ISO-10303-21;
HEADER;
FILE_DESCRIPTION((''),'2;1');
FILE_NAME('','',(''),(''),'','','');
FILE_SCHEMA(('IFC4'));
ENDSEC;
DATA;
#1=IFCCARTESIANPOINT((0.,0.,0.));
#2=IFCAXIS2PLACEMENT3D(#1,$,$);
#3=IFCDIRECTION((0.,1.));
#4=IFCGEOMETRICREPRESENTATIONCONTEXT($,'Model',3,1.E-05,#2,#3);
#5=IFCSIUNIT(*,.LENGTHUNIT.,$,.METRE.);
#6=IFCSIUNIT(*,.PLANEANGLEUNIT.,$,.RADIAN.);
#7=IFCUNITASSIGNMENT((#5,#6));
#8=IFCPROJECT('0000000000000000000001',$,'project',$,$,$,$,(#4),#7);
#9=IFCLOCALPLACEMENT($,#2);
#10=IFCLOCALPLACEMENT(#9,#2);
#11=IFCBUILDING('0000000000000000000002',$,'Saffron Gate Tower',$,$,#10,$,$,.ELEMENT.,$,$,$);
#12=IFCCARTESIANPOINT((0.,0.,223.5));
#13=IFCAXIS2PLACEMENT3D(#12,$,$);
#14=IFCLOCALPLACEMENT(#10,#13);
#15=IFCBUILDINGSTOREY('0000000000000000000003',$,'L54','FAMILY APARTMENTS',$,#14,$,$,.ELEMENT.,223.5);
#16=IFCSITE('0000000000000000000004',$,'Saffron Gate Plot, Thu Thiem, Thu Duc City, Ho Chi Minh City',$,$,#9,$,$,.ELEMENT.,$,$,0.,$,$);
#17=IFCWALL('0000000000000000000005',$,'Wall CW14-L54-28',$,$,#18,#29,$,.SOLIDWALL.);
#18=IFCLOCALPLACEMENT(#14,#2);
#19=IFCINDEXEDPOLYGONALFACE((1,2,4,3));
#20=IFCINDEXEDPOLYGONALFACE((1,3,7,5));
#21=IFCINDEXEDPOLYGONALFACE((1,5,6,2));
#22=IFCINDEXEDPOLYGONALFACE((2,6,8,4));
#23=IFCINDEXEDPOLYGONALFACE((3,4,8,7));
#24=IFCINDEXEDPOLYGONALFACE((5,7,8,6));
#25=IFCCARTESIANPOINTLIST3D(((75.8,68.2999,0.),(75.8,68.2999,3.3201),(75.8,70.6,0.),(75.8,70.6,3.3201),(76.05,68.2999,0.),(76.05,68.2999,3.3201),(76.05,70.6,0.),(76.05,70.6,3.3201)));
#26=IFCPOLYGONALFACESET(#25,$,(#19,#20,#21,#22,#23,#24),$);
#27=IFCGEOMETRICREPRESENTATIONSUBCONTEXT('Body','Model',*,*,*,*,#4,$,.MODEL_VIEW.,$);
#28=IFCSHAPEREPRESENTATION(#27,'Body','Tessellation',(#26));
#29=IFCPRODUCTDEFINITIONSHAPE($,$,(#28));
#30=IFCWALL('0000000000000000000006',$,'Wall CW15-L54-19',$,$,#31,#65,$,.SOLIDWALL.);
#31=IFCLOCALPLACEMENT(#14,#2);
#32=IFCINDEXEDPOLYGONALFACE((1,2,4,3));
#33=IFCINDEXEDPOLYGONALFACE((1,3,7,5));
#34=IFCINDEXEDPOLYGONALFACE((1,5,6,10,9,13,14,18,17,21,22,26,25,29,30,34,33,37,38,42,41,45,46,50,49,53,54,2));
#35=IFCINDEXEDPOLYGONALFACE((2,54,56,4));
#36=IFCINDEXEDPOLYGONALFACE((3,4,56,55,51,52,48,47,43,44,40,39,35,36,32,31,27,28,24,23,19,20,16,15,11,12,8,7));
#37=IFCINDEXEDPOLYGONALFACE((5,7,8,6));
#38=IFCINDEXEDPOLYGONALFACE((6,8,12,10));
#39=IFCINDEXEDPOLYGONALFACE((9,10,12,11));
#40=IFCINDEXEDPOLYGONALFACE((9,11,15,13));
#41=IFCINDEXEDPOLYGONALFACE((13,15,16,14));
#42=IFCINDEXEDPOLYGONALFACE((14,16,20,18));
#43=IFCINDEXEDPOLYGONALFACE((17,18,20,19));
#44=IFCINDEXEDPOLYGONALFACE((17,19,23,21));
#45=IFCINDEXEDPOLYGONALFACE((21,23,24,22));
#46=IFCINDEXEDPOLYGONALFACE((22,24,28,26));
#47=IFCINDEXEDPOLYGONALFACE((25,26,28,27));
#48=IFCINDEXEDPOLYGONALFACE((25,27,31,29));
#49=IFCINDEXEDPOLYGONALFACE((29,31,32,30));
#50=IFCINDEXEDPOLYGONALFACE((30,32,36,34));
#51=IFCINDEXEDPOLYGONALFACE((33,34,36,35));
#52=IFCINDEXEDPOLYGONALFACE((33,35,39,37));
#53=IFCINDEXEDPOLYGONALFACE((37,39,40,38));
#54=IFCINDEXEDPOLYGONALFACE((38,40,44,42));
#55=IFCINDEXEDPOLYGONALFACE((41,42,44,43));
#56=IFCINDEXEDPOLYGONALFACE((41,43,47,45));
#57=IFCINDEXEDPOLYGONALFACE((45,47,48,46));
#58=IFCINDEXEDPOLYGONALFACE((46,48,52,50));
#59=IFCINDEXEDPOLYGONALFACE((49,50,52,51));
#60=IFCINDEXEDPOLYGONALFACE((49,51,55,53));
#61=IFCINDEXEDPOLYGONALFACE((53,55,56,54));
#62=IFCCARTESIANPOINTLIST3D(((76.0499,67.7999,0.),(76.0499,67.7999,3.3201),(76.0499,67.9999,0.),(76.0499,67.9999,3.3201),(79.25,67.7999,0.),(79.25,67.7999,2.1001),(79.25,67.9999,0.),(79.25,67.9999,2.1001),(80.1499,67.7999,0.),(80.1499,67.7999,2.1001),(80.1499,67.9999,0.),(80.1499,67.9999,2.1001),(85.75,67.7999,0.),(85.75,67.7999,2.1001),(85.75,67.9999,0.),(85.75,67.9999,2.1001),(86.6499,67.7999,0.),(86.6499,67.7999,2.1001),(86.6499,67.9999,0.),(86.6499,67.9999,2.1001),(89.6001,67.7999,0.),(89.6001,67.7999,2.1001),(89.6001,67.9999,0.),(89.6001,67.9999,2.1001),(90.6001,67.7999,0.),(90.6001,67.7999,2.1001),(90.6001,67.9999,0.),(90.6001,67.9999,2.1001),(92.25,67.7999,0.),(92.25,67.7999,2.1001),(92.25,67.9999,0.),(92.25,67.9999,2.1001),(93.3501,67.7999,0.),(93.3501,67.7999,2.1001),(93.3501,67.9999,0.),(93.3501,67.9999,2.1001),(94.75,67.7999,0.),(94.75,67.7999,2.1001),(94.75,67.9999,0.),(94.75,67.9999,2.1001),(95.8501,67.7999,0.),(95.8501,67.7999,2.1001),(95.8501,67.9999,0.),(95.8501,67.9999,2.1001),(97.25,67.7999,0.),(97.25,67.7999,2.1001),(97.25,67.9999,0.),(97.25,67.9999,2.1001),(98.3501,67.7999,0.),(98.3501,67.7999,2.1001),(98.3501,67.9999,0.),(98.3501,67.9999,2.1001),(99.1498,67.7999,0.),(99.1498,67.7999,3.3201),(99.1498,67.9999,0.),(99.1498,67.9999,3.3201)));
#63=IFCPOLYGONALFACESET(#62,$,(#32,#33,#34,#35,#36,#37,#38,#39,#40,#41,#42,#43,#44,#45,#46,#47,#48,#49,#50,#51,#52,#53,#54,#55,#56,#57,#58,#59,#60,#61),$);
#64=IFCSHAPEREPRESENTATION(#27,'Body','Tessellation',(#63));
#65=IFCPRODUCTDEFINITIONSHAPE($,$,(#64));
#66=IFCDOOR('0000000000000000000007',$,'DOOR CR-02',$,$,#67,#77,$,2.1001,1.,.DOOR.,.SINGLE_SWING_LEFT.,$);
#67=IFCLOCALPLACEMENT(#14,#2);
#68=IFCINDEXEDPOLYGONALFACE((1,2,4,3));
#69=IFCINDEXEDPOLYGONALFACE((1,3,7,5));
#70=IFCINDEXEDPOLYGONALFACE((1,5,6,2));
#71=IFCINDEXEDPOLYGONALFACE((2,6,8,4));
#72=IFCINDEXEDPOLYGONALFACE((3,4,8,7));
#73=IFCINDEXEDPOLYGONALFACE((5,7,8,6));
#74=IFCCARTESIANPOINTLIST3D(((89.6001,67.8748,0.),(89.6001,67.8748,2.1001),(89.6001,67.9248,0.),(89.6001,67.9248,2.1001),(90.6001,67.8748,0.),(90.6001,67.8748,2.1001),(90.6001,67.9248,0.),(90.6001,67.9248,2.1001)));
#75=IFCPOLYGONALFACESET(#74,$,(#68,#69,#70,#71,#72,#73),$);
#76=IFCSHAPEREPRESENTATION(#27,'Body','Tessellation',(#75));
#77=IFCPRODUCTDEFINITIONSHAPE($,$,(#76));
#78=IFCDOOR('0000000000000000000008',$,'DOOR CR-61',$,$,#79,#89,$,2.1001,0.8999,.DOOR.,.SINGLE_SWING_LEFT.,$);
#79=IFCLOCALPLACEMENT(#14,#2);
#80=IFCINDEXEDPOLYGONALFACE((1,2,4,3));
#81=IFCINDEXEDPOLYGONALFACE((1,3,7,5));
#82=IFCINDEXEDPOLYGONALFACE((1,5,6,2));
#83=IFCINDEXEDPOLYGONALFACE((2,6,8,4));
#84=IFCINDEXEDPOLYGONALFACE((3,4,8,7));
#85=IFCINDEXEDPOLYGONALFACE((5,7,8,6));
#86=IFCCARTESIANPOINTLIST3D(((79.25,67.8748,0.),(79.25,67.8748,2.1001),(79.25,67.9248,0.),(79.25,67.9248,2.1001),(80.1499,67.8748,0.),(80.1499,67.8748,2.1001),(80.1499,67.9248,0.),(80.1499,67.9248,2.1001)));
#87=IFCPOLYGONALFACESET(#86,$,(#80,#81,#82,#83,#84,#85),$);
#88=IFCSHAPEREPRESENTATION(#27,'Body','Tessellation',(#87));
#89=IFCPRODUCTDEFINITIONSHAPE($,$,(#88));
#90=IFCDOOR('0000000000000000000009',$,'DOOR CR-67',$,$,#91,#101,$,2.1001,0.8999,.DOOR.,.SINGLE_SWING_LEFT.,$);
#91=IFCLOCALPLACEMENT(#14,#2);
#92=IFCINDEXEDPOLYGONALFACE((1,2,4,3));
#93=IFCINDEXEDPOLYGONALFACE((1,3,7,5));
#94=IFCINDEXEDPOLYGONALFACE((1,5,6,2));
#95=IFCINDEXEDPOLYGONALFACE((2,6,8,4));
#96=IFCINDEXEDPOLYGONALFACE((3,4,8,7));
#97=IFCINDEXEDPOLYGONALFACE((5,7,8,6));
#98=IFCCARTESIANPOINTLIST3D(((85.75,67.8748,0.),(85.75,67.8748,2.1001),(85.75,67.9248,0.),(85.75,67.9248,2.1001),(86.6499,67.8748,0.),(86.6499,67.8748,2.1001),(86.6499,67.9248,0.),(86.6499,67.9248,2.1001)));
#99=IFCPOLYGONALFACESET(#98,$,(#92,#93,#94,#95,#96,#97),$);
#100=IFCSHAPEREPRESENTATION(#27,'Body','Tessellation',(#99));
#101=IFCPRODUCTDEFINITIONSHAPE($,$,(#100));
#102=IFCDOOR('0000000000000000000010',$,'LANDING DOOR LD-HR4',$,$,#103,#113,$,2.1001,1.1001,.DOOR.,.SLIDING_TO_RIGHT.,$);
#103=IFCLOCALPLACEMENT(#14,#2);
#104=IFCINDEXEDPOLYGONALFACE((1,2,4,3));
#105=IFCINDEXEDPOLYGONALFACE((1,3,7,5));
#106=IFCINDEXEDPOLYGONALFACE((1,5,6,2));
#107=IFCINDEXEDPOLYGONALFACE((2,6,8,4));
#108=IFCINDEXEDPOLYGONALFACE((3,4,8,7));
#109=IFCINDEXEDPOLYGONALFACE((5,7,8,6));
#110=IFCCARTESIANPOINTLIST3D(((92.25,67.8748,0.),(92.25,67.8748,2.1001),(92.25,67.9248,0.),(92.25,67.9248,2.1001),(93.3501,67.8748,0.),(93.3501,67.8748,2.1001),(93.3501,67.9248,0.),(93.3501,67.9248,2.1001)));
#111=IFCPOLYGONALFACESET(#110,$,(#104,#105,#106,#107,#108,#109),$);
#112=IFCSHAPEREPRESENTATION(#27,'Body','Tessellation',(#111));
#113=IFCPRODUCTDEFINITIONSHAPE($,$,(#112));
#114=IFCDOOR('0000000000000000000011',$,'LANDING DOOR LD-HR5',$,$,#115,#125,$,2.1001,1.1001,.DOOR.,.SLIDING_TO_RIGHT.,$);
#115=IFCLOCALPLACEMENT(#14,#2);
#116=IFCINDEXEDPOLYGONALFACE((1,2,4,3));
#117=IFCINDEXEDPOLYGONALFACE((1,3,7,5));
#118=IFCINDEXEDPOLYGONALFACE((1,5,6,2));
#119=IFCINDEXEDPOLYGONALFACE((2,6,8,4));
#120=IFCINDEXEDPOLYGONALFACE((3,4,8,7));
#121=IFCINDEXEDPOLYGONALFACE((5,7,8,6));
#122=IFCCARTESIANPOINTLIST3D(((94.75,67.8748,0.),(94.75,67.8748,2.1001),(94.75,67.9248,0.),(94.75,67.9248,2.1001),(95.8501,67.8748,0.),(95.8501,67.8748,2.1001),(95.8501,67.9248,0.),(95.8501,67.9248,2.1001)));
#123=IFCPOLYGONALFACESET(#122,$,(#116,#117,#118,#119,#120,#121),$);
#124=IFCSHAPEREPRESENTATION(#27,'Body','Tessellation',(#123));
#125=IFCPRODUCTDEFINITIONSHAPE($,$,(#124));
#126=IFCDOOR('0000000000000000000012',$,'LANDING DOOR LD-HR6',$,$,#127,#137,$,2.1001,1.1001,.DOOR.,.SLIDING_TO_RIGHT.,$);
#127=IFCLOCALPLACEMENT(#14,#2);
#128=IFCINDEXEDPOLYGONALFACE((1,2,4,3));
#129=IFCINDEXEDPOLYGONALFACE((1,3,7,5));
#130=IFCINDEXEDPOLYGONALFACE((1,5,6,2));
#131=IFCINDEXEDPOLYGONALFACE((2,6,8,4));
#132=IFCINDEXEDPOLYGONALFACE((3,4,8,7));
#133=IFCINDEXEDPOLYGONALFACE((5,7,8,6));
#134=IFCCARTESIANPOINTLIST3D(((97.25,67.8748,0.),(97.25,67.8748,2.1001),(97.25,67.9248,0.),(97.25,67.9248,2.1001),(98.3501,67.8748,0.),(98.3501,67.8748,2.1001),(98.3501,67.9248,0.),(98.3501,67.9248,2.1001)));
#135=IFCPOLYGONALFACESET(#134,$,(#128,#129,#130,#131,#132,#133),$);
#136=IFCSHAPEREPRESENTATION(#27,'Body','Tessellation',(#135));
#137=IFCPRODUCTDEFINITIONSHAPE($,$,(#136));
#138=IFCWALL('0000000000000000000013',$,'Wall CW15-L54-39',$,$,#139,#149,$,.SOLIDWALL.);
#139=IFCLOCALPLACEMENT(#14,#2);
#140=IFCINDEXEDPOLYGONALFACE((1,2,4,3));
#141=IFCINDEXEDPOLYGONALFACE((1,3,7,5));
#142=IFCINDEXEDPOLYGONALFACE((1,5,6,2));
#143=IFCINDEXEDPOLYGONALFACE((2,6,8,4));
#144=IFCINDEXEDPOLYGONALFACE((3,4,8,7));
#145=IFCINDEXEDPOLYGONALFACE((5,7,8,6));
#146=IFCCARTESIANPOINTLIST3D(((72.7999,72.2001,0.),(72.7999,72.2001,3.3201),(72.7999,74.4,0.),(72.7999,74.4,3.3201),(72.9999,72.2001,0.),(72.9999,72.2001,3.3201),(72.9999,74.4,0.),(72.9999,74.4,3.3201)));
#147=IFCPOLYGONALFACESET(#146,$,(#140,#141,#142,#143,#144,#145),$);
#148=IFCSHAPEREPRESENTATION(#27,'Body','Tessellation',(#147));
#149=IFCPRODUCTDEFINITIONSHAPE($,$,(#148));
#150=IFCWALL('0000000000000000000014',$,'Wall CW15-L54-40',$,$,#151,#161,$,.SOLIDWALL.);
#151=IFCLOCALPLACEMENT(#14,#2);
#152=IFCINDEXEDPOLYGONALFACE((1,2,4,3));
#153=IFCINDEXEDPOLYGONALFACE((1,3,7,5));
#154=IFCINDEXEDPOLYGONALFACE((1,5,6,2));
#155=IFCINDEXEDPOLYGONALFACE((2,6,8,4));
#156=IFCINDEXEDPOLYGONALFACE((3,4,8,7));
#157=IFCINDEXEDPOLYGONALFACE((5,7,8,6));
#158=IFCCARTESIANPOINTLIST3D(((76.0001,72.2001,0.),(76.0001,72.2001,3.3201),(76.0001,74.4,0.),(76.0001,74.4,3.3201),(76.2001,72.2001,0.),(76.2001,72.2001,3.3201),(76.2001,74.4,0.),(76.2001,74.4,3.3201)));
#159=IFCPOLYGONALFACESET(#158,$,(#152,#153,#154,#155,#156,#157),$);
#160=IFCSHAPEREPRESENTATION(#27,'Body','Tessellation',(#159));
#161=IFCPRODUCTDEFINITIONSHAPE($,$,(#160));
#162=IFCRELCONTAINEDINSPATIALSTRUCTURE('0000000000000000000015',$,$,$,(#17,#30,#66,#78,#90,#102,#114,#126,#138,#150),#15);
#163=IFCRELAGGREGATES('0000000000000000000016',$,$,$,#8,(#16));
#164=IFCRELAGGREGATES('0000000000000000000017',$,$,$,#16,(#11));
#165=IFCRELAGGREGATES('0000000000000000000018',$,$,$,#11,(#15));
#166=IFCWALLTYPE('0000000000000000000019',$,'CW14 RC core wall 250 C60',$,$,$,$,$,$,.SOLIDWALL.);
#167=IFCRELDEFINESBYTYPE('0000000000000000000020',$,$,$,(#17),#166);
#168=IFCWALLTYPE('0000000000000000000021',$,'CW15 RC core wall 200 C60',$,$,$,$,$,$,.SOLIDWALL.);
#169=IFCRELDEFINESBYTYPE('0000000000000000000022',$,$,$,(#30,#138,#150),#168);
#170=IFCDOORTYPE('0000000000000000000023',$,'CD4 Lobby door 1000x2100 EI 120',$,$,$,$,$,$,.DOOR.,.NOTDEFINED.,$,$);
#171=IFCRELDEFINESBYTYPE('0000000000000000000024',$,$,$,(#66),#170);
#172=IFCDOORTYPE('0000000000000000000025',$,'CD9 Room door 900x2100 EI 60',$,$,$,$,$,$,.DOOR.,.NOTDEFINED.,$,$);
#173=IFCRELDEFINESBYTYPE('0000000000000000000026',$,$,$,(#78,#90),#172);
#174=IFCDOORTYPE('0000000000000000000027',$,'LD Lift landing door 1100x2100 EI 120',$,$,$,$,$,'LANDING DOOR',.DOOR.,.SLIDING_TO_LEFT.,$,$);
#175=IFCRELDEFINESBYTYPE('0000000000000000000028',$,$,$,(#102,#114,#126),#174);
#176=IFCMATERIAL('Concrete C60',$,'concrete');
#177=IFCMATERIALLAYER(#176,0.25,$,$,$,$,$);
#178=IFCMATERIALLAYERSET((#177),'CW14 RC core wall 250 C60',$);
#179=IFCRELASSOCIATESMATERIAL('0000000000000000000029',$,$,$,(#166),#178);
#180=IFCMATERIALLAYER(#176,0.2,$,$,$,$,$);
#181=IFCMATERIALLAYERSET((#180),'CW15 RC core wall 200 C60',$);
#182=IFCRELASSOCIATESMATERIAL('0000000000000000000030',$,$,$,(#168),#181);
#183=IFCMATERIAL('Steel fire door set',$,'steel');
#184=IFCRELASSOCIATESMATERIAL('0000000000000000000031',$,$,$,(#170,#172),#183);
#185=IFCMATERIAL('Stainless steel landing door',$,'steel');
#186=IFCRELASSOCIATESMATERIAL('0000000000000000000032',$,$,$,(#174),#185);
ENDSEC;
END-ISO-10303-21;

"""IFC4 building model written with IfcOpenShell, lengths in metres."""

from ifc_helpers import new_model, si_unit, direction, frame, frame_2d, origin, place, context, subcontext, project, spatial, rectangle, extrude, material, layer, layer_set, type_object, element, fill, save


model = new_model("IFC4")

# Units and contexts
model_context = context("Model", 3, precision=1e-05, world=origin(), true_north=direction((0.0, 1.0)))
body_context = subcontext(model_context, "Body", "Model", "MODEL_VIEW")
ifc_project = project(units=[si_unit("LENGTHUNIT", "METRE"), si_unit("PLANEANGLEUNIT", "RADIAN")], contexts=[model_context])

# Site, building, storey
site_placement = place(None, origin())
site = spatial("IfcSite", under=ifc_project, at=site_placement, Name="Saffron Gate Plot, Thu Thiem, Thu Duc City, Ho Chi Minh City", CompositionType="ELEMENT", RefElevation=0.0)
building_placement = place(site_placement, origin())
building = spatial("IfcBuilding", under=site, at=building_placement, Name="Saffron Gate Tower", CompositionType="ELEMENT")
storey_placement = place(building_placement, frame((0.0, 0.0, 223.5)))
storey = spatial("IfcBuildingStorey", under=building, at=storey_placement, Name="L54", Description="FAMILY APARTMENTS", CompositionType="ELEMENT", Elevation=223.5)

# Wall
ifc_material_1 = material(Name="Concrete C60", Category="concrete")
ifc_layer_1 = layer(ifc_material_1, 0.25)
ifc_layer_set_1 = layer_set([ifc_layer_1], Name="CW14 RC core wall 250 C60")
wall_type_1 = type_object("IfcWallType", Name="CW14 RC core wall 250 C60", PredefinedType="SOLIDWALL", material=ifc_layer_set_1)
wall_1_placement = place(storey_placement, frame((75.925, 68.3, 0.0), z_axis=(0.0, 0.0, 1.0), x_axis=(0.0, 1.0, 0.0)))
element("IfcWall", 1, at=wall_1_placement, inside=storey, type_object=wall_type_1, Name="Wall CW14-L54-28", PredefinedType="SOLIDWALL", context=body_context, shape_type="SweptSolid", body=[
    extrude(rectangle(XDim=2.3, YDim=0.25, at=frame_2d((1.1499, 0.0))), origin(), (0.0, 0.0, 1.0), 3.3201),
])

# Wall, openings, doors
ifc_layer_2 = layer(ifc_material_1, 0.2)
ifc_layer_set_2 = layer_set([ifc_layer_2], Name="CW15 RC core wall 200 C60")
wall_type_2 = type_object("IfcWallType", Name="CW15 RC core wall 200 C60", PredefinedType="SOLIDWALL", material=ifc_layer_set_2)
wall_2_placement = place(storey_placement, frame((76.05, 67.8999, 0.0), z_axis=(0.0, 0.0, 1.0), x_axis=(1.0, 0.0, 0.0)))
wall_2 = element("IfcWall", 2, at=wall_2_placement, inside=storey, type_object=wall_type_2, Name="Wall CW15-L54-19", PredefinedType="SOLIDWALL", context=body_context, shape_type="SweptSolid", body=[
    extrude(rectangle(XDim=23.0999, YDim=0.2, at=frame_2d((11.5498, 0.0))), origin(), (0.0, 0.0, 1.0), 3.3201),
])
opening_1_placement = place(wall_2_placement, frame((3.2, 0.0, 0.0)))
opening_1 = element("IfcOpeningElement", 3, at=opening_1_placement, cuts=wall_2, PredefinedType="OPENING", context=body_context, shape_type="SweptSolid", body=[
    extrude(rectangle(XDim=0.8999, YDim=2.1001, at=frame_2d((0.45, 1.05))), frame((0.0, 0.1099, 0.0), z_axis=(0.0, -1.0, 0.0), x_axis=(1.0, 0.0, 0.0)), (0.0, 0.0, 1.0), 0.22),
])
opening_2_placement = place(wall_2_placement, frame((9.7, 0.0, 0.0)))
opening_2 = element("IfcOpeningElement", 4, at=opening_2_placement, cuts=wall_2, PredefinedType="OPENING", context=body_context, shape_type="SweptSolid", body=[
    extrude(rectangle(XDim=0.8999, YDim=2.1001, at=frame_2d((0.45, 1.05))), frame((0.0, 0.1099, 0.0), z_axis=(0.0, -1.0, 0.0), x_axis=(1.0, 0.0, 0.0)), (0.0, 0.0, 1.0), 0.22),
])
opening_3_placement = place(wall_2_placement, frame((13.55, 0.0, 0.0)))
opening_3 = element("IfcOpeningElement", 5, at=opening_3_placement, cuts=wall_2, PredefinedType="OPENING", context=body_context, shape_type="SweptSolid", body=[
    extrude(rectangle(XDim=1.0, YDim=2.1001, at=frame_2d((0.5, 1.05))), frame((0.0, 0.1099, 0.0), z_axis=(0.0, -1.0, 0.0), x_axis=(1.0, 0.0, 0.0)), (0.0, 0.0, 1.0), 0.22),
])
opening_4_placement = place(wall_2_placement, frame((16.2, 0.0, 0.0)))
opening_4 = element("IfcOpeningElement", 6, at=opening_4_placement, cuts=wall_2, PredefinedType="OPENING", context=body_context, shape_type="SweptSolid", body=[
    extrude(rectangle(XDim=1.1001, YDim=2.1001, at=frame_2d((0.55, 1.05))), frame((0.0, 0.1099, 0.0), z_axis=(0.0, -1.0, 0.0), x_axis=(1.0, 0.0, 0.0)), (0.0, 0.0, 1.0), 0.22),
])
opening_5_placement = place(wall_2_placement, frame((18.7, 0.0, 0.0)))
opening_5 = element("IfcOpeningElement", 7, at=opening_5_placement, cuts=wall_2, PredefinedType="OPENING", context=body_context, shape_type="SweptSolid", body=[
    extrude(rectangle(XDim=1.1001, YDim=2.1001, at=frame_2d((0.55, 1.05))), frame((0.0, 0.1099, 0.0), z_axis=(0.0, -1.0, 0.0), x_axis=(1.0, 0.0, 0.0)), (0.0, 0.0, 1.0), 0.22),
])
opening_6_placement = place(wall_2_placement, frame((21.2, 0.0, 0.0)))
opening_6 = element("IfcOpeningElement", 8, at=opening_6_placement, cuts=wall_2, PredefinedType="OPENING", context=body_context, shape_type="SweptSolid", body=[
    extrude(rectangle(XDim=1.1001, YDim=2.1001, at=frame_2d((0.55, 1.05))), frame((0.0, 0.1099, 0.0), z_axis=(0.0, -1.0, 0.0), x_axis=(1.0, 0.0, 0.0)), (0.0, 0.0, 1.0), 0.22),
])
ifc_material_2 = material(Name="Steel fire door set", Category="steel")
door_type_1 = type_object("IfcDoorType", Name="CD4 Lobby door 1000x2100 EI 120", OperationType="NOTDEFINED", PredefinedType="DOOR", material=ifc_material_2)
door_1_placement = place(opening_3_placement, origin())
door_1 = element("IfcDoor", 9, at=door_1_placement, inside=storey, type_object=door_type_1, Name="DOOR CR-02", OperationType="SINGLE_SWING_LEFT", OverallHeight=2.1001, OverallWidth=1.0, PredefinedType="DOOR", context=body_context, shape_type="SweptSolid", body=[
    extrude(rectangle(XDim=1.0, YDim=2.1001, at=frame_2d((0.5, 1.05))), frame((0.0, 0.0249, 0.0), z_axis=(0.0, -1.0, 0.0), x_axis=(1.0, 0.0, 0.0)), (0.0, 0.0, 1.0), 0.05),
])
fill(opening_3, door_1)
door_type_2 = type_object("IfcDoorType", Name="CD9 Room door 900x2100 EI 60", OperationType="NOTDEFINED", PredefinedType="DOOR", material=ifc_material_2)
door_2_placement = place(opening_1_placement, origin())
door_2 = element("IfcDoor", 10, at=door_2_placement, inside=storey, type_object=door_type_2, Name="DOOR CR-61", OperationType="SINGLE_SWING_LEFT", OverallHeight=2.1001, OverallWidth=0.8999, PredefinedType="DOOR", context=body_context, shape_type="SweptSolid", body=[
    extrude(rectangle(XDim=0.8999, YDim=2.1001, at=frame_2d((0.45, 1.05))), frame((0.0, 0.0249, 0.0), z_axis=(0.0, -1.0, 0.0), x_axis=(1.0, 0.0, 0.0)), (0.0, 0.0, 1.0), 0.05),
])
fill(opening_1, door_2)
door_3_placement = place(opening_2_placement, origin())
door_3 = element("IfcDoor", 11, at=door_3_placement, inside=storey, type_object=door_type_2, Name="DOOR CR-67", OperationType="SINGLE_SWING_LEFT", OverallHeight=2.1001, OverallWidth=0.8999, PredefinedType="DOOR", context=body_context, shape_type="SweptSolid", body=[
    extrude(rectangle(XDim=0.8999, YDim=2.1001, at=frame_2d((0.45, 1.05))), frame((0.0, 0.0249, 0.0), z_axis=(0.0, -1.0, 0.0), x_axis=(1.0, 0.0, 0.0)), (0.0, 0.0, 1.0), 0.05),
])
fill(opening_2, door_3)
ifc_material_3 = material(Name="Stainless steel landing door", Category="steel")
door_type_3 = type_object("IfcDoorType", Name="LD Lift landing door 1100x2100 EI 120", ElementType="LANDING DOOR", OperationType="SLIDING_TO_LEFT", PredefinedType="DOOR", material=ifc_material_3)
door_4_placement = place(opening_4_placement, origin())
door_4 = element("IfcDoor", 12, at=door_4_placement, inside=storey, type_object=door_type_3, Name="LANDING DOOR LD-HR4", OperationType="SLIDING_TO_RIGHT", OverallHeight=2.1001, OverallWidth=1.1001, PredefinedType="DOOR", context=body_context, shape_type="SweptSolid", body=[
    extrude(rectangle(XDim=1.1001, YDim=2.1001, at=frame_2d((0.55, 1.05))), frame((0.0, 0.0249, 0.0), z_axis=(0.0, -1.0, 0.0), x_axis=(1.0, 0.0, 0.0)), (0.0, 0.0, 1.0), 0.05),
])
fill(opening_4, door_4)
door_5_placement = place(opening_5_placement, origin())
door_5 = element("IfcDoor", 13, at=door_5_placement, inside=storey, type_object=door_type_3, Name="LANDING DOOR LD-HR5", OperationType="SLIDING_TO_RIGHT", OverallHeight=2.1001, OverallWidth=1.1001, PredefinedType="DOOR", context=body_context, shape_type="SweptSolid", body=[
    extrude(rectangle(XDim=1.1001, YDim=2.1001, at=frame_2d((0.55, 1.05))), frame((0.0, 0.0249, 0.0), z_axis=(0.0, -1.0, 0.0), x_axis=(1.0, 0.0, 0.0)), (0.0, 0.0, 1.0), 0.05),
])
fill(opening_5, door_5)
door_6_placement = place(opening_6_placement, origin())
door_6 = element("IfcDoor", 14, at=door_6_placement, inside=storey, type_object=door_type_3, Name="LANDING DOOR LD-HR6", OperationType="SLIDING_TO_RIGHT", OverallHeight=2.1001, OverallWidth=1.1001, PredefinedType="DOOR", context=body_context, shape_type="SweptSolid", body=[
    extrude(rectangle(XDim=1.1001, YDim=2.1001, at=frame_2d((0.55, 1.05))), frame((0.0, 0.0249, 0.0), z_axis=(0.0, -1.0, 0.0), x_axis=(1.0, 0.0, 0.0)), (0.0, 0.0, 1.0), 0.05),
])
fill(opening_6, door_6)

# Walls
for number, where, z_axis, x_axis, name in (
    (15, (72.8999, 72.2, 0.0), (0.0, 0.0, 1.0), (0.0, 1.0, 0.0), "Wall CW15-L54-39"),
    (16, (76.1001, 72.2, 0.0), (0.0, 0.0, 1.0), (0.0, 1.0, 0.0), "Wall CW15-L54-40"),
):
    element("IfcWall", number, at=place(storey_placement, frame(where, z_axis=z_axis, x_axis=x_axis)), inside=storey, type_object=wall_type_2, Name=name, PredefinedType="SOLIDWALL", context=body_context, shape_type="SweptSolid", body=[
        extrude(rectangle(XDim=2.2, YDim=0.2, at=frame_2d((1.1001, 0.0))), origin(), (0.0, 0.0, 1.0), 3.3201),
    ])

save(model, "model.ifc")
